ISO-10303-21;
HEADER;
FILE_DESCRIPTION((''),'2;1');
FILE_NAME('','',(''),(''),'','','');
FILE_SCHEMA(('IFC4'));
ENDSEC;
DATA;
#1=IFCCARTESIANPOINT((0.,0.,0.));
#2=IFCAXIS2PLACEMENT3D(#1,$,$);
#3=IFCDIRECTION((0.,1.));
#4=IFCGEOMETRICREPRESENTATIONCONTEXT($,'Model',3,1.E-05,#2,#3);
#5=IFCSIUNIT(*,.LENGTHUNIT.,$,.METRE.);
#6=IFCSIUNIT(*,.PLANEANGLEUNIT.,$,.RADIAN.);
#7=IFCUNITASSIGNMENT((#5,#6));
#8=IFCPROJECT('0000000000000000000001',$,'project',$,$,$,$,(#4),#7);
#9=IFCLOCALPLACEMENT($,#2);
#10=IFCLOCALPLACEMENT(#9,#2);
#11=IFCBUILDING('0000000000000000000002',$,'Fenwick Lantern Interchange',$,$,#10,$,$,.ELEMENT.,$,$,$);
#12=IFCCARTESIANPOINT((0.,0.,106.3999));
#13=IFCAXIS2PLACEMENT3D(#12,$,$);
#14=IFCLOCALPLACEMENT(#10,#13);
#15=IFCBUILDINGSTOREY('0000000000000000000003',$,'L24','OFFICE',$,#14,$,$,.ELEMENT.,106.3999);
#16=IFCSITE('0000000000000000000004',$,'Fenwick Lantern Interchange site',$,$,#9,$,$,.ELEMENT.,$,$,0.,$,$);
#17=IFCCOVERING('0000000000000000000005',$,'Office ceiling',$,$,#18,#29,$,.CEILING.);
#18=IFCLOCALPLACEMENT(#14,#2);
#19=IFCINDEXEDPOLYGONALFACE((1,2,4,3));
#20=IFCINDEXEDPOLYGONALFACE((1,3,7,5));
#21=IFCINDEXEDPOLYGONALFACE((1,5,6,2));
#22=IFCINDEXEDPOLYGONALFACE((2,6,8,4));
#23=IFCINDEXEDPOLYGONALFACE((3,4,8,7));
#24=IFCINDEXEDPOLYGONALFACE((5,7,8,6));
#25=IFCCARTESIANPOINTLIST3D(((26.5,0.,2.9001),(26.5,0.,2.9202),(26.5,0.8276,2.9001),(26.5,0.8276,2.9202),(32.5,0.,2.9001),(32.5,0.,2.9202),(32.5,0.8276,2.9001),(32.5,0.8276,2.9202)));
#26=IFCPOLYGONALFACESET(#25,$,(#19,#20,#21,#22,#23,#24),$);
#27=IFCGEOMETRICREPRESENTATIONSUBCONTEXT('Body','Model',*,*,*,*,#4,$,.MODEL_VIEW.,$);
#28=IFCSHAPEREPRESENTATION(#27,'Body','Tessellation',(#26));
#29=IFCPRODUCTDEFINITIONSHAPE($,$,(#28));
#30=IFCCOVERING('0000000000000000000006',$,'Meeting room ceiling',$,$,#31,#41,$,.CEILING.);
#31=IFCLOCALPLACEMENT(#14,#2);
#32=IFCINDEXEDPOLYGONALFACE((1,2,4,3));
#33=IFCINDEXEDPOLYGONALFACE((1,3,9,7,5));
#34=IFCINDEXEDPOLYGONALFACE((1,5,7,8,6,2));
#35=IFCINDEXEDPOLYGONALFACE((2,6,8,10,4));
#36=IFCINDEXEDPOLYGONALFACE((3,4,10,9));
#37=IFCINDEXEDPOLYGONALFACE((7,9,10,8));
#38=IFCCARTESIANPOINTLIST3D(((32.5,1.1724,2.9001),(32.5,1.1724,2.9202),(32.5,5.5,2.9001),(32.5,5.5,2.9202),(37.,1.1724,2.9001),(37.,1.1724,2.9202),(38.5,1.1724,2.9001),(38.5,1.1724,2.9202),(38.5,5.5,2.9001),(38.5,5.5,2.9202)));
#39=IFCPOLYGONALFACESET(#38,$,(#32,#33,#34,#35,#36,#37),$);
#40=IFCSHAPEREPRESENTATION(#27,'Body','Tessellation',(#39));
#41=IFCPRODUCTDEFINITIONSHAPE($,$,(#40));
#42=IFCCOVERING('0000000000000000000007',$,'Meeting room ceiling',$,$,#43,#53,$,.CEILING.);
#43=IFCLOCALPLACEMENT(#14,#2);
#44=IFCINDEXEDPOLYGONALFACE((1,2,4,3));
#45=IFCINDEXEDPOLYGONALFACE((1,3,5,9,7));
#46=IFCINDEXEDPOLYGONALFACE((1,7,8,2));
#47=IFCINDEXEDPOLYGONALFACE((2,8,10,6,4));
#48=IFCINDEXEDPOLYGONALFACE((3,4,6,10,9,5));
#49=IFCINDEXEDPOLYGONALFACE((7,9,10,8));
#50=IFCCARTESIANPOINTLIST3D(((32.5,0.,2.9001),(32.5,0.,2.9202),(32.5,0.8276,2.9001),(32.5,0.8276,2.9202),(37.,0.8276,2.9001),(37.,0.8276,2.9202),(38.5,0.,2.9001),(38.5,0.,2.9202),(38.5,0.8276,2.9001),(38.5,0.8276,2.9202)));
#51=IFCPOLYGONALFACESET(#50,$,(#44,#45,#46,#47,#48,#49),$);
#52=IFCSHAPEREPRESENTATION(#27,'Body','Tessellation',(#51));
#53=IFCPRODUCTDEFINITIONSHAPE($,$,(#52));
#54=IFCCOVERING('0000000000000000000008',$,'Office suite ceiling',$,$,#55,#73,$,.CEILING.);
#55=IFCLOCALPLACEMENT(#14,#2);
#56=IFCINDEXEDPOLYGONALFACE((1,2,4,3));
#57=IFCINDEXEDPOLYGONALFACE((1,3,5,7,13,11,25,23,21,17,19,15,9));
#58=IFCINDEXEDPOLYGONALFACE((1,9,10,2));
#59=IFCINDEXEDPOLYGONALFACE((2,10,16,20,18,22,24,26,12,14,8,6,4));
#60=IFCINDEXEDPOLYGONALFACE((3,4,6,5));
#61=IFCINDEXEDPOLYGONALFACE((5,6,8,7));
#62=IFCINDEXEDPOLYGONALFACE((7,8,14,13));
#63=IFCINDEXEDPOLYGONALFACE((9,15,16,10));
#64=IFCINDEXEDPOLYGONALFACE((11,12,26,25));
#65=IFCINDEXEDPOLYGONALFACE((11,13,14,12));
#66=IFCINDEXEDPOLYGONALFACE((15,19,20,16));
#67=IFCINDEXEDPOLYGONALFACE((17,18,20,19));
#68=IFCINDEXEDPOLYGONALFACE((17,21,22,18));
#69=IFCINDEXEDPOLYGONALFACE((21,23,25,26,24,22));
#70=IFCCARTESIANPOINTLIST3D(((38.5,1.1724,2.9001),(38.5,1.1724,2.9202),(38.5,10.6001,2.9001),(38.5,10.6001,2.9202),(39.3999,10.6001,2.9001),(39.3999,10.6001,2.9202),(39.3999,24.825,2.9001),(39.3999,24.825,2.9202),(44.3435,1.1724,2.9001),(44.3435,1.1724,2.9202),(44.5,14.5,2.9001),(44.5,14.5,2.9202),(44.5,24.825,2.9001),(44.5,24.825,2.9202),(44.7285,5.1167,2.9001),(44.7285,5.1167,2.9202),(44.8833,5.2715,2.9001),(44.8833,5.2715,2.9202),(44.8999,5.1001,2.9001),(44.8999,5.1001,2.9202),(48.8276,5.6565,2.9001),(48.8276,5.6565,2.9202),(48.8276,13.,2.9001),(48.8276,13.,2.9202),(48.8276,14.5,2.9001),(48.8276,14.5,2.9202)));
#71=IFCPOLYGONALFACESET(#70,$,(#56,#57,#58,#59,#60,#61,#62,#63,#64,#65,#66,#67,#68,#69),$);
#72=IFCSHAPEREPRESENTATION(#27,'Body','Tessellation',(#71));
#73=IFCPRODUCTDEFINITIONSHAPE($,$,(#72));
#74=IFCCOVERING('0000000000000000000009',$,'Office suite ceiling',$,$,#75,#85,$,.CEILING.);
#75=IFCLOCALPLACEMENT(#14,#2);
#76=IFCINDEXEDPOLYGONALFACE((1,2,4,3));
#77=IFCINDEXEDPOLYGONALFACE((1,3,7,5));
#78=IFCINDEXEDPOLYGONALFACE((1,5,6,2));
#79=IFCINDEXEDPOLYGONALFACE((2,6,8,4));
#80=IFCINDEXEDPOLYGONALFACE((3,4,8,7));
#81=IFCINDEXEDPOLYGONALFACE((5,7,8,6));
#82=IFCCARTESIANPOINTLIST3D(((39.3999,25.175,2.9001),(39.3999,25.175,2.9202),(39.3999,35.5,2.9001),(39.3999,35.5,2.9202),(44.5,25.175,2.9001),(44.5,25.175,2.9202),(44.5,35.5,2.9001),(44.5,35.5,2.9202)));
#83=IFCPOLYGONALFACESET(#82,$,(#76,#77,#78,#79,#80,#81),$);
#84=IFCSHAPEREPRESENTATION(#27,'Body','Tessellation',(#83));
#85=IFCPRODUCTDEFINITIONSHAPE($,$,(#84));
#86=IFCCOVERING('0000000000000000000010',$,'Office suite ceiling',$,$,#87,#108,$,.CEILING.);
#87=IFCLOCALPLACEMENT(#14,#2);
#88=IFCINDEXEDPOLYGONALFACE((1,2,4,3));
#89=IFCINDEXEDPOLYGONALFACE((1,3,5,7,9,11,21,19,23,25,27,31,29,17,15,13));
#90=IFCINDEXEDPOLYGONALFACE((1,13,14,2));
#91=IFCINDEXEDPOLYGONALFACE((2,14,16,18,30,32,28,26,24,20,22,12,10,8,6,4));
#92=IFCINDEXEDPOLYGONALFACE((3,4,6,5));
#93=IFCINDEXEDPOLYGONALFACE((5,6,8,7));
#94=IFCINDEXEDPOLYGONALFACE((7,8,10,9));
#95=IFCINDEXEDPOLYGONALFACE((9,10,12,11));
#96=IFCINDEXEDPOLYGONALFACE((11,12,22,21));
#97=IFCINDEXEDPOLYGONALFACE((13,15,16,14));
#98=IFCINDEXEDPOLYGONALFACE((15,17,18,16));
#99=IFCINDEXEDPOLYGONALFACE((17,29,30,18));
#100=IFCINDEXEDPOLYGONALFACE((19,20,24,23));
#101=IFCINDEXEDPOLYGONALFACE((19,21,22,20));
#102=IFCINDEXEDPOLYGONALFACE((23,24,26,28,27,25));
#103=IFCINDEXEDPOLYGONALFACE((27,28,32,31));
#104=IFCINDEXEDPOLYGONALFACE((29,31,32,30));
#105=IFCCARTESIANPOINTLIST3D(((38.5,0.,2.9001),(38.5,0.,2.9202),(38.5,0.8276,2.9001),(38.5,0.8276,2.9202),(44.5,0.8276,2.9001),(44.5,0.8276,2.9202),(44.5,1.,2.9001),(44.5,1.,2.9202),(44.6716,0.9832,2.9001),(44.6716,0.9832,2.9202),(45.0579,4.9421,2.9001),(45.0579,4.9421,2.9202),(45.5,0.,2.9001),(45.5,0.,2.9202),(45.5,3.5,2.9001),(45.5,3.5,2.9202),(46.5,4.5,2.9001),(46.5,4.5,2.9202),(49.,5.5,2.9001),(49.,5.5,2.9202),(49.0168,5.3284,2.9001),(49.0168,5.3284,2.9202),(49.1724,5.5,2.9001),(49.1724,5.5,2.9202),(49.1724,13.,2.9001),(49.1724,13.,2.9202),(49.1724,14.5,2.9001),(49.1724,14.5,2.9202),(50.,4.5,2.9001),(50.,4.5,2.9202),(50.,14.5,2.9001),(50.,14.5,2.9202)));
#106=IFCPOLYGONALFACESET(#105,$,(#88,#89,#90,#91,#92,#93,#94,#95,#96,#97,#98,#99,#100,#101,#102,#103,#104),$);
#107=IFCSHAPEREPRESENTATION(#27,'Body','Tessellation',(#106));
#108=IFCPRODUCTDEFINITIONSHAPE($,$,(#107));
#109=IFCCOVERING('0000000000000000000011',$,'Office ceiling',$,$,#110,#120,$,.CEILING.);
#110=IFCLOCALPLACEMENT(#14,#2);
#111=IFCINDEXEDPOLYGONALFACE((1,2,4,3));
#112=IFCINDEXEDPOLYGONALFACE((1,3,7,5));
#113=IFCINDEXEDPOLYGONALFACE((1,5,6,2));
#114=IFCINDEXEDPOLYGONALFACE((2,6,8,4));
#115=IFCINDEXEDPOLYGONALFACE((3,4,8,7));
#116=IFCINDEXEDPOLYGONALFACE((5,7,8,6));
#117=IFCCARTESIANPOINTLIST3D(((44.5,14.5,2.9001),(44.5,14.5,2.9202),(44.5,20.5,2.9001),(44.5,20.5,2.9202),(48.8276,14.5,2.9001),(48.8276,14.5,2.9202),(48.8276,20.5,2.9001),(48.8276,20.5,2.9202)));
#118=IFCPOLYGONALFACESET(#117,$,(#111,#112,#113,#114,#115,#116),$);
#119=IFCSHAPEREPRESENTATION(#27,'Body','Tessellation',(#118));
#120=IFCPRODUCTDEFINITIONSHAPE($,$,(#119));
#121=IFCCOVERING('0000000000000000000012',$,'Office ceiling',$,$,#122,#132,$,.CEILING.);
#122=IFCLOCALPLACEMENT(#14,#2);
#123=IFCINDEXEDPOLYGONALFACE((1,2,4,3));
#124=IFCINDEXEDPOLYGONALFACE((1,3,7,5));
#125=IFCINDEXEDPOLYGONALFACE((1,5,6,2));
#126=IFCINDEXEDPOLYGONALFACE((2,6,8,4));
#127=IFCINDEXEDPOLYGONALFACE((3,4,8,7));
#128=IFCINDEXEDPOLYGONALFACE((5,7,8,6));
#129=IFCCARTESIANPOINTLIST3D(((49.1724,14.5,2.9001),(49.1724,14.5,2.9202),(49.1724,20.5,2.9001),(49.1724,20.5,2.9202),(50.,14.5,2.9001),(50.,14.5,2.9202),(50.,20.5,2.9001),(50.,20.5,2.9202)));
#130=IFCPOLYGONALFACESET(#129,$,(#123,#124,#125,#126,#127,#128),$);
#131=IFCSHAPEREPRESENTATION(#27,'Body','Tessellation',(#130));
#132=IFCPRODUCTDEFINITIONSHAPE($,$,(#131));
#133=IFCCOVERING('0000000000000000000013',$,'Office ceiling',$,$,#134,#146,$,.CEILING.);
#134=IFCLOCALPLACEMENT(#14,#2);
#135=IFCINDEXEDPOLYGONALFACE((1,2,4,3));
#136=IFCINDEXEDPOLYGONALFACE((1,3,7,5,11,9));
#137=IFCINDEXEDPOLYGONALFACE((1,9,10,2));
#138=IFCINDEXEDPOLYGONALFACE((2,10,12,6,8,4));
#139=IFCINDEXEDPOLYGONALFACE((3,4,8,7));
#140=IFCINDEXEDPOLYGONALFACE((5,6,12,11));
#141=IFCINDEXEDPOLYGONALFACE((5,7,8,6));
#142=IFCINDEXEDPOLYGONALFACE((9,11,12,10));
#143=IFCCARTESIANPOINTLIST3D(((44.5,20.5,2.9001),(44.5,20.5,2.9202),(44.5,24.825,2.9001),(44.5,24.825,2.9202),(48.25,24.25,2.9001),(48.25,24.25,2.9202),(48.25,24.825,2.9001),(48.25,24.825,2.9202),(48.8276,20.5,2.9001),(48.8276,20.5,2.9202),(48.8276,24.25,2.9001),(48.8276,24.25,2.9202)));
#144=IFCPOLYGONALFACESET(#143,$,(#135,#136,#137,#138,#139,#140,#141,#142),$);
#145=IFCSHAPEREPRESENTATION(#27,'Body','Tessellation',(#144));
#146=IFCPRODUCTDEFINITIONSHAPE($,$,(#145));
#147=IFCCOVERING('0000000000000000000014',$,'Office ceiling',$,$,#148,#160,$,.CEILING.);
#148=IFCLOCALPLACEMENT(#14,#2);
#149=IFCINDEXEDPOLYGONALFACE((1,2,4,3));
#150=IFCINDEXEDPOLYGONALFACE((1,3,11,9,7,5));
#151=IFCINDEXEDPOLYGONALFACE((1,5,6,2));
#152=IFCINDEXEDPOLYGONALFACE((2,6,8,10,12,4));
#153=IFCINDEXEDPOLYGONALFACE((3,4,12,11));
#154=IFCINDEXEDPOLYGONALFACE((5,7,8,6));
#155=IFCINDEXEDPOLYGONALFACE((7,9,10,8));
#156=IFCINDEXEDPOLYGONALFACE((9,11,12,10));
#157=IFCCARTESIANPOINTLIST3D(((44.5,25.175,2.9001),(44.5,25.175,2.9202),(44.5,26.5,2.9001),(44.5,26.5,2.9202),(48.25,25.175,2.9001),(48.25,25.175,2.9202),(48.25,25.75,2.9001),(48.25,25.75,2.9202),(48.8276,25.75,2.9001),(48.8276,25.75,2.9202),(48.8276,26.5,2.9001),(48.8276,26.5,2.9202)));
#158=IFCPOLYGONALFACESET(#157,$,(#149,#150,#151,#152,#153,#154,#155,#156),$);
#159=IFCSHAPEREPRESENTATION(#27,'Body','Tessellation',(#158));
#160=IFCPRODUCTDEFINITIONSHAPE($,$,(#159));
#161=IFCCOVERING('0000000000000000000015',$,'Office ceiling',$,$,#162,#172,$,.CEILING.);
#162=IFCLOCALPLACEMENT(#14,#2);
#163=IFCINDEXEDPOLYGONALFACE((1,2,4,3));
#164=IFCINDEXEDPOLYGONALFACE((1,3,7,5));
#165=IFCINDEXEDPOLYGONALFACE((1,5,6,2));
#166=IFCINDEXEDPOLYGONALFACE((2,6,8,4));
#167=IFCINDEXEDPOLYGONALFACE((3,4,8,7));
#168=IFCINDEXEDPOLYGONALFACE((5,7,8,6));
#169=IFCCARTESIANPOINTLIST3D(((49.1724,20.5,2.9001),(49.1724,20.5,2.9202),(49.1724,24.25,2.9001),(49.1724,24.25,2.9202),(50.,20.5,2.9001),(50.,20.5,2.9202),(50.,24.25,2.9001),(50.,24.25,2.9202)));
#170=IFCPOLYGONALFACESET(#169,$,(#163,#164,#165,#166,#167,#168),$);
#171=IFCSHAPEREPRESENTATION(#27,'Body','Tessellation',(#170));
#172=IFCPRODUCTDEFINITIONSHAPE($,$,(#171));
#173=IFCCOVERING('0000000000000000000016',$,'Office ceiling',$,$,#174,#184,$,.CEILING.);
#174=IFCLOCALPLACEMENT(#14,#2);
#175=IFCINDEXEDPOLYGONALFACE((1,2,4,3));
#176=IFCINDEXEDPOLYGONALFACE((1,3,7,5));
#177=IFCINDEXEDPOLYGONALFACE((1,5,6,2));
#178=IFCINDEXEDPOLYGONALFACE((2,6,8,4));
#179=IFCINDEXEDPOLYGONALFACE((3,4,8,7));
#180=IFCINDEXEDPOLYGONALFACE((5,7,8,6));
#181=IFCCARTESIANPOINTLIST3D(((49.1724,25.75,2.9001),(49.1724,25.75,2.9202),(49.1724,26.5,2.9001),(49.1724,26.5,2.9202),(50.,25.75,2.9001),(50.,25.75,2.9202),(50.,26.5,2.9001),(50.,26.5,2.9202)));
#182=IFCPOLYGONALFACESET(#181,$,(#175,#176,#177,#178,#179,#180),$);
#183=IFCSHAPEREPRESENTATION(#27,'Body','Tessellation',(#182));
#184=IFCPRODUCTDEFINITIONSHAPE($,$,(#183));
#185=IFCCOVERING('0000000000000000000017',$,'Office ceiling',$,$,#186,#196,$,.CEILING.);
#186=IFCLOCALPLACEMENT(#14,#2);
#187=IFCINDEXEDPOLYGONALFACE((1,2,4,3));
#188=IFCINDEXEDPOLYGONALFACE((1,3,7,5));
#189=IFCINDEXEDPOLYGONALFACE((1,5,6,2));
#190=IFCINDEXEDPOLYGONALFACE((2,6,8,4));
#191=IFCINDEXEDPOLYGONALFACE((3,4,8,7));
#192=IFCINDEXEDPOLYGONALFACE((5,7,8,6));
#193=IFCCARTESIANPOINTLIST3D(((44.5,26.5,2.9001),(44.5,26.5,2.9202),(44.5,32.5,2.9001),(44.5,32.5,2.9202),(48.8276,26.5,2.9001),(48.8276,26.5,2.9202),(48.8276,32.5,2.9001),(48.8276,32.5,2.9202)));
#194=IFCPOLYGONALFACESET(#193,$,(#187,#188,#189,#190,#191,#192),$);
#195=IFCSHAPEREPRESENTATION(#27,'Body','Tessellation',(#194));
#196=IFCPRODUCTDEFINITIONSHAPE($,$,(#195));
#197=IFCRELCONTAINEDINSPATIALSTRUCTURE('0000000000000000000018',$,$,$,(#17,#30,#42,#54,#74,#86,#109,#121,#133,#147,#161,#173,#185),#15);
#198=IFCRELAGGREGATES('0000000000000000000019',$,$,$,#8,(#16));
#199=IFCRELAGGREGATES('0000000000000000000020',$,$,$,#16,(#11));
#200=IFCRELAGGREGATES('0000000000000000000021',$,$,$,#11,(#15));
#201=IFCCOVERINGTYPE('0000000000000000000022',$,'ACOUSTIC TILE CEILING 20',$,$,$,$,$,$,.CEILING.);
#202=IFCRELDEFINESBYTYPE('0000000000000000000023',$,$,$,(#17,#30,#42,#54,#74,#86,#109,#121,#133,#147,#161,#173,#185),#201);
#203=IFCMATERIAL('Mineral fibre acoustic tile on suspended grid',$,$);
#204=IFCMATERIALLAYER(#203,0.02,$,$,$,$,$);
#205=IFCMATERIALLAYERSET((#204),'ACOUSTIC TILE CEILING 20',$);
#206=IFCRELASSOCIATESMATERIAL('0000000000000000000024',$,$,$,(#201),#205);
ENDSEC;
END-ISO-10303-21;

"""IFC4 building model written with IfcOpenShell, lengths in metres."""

from ifc_helpers import new_model, si_unit, direction, frame, origin, place, context, subcontext, project, spatial, polyline, outline, extrude, material, layer, layer_set, type_object, element, save


model = new_model("IFC4")

# Units and contexts
model_context = context("Model", 3, precision=1e-05, world=origin(), true_north=direction((0.0, 1.0)))
body_context = subcontext(model_context, "Body", "Model", "MODEL_VIEW")
ifc_project = project(units=[si_unit("LENGTHUNIT", "METRE"), si_unit("PLANEANGLEUNIT", "RADIAN")], contexts=[model_context])

# Site, building, storey
site_placement = place(None, origin())
site = spatial("IfcSite", under=ifc_project, at=site_placement, Name="Fenwick Lantern Interchange site", CompositionType="ELEMENT", RefElevation=0.0)
building_placement = place(site_placement, origin())
building = spatial("IfcBuilding", under=site, at=building_placement, Name="Fenwick Lantern Interchange", CompositionType="ELEMENT")
storey_placement = place(building_placement, frame((0.0, 0.0, 106.3999)))
storey = spatial("IfcBuildingStorey", under=building, at=storey_placement, Name="L24", Description="OFFICE", CompositionType="ELEMENT", Elevation=106.3999)

# Coverings
ifc_material = material(Name="Mineral fibre acoustic tile on suspended grid")
ifc_layer = layer(ifc_material, 0.02)
ifc_layer_set = layer_set([ifc_layer], Name="ACOUSTIC TILE CEILING 20")
covering_type = type_object("IfcCoveringType", Name="ACOUSTIC TILE CEILING 20", PredefinedType="CEILING", material=ifc_layer_set)
covering_1_placement = place(storey_placement, frame((0.0, 0.0, 2.9001)))
element("IfcCovering", 1, at=covering_1_placement, inside=storey, type_object=covering_type, Name="Office ceiling", PredefinedType="CEILING", context=body_context, shape_type="SweptSolid", body=[
    extrude(outline(polyline([(32.5, 0.0), (32.5, 0.8276), (26.5, 0.8276), (26.5, 0.0), (32.5, 0.0)])), origin(), (0.0, 0.0, 1.0), 0.02),
])
covering_2_placement = place(storey_placement, frame((0.0, 0.0, 2.9001)))
element("IfcCovering", 2, at=covering_2_placement, inside=storey, type_object=covering_type, Name="Meeting room ceiling", PredefinedType="CEILING", context=body_context, shape_type="SweptSolid", body=[
    extrude(outline(polyline([(32.5, 5.5), (32.5, 1.1724), (37.0, 1.1724), (38.5, 1.1724), (38.5, 5.5), (32.5, 5.5)])), origin(), (0.0, 0.0, 1.0), 0.02),
])
covering_3_placement = place(storey_placement, frame((0.0, 0.0, 2.9001)))
element("IfcCovering", 3, at=covering_3_placement, inside=storey, type_object=covering_type, Name="Meeting room ceiling", PredefinedType="CEILING", context=body_context, shape_type="SweptSolid", body=[
    extrude(outline(polyline([(38.5, 0.0), (38.5, 0.8276), (37.0, 0.8276), (32.5, 0.8276), (32.5, 0.0), (38.5, 0.0)])), origin(), (0.0, 0.0, 1.0), 0.02),
])
covering_4_placement = place(storey_placement, frame((0.0, 0.0, 2.9001)))
element("IfcCovering", 4, at=covering_4_placement, inside=storey, type_object=covering_type, Name="Office suite ceiling", PredefinedType="CEILING", context=body_context, shape_type="SweptSolid", body=[
    extrude(outline(polyline([(38.5, 10.6001), (38.5, 1.1724), (44.3435, 1.1724), (44.7285, 5.1167), (44.8999, 5.1001), (44.8833, 5.2715), (48.8276, 5.6565), (48.8276, 13.0), (48.8276, 14.5), (44.5, 14.5), (44.5, 24.825), (39.3999, 24.825), (39.3999, 10.6001), (38.5, 10.6001)])), origin(), (0.0, 0.0, 1.0), 0.02),
])
covering_5_placement = place(storey_placement, frame((0.0, 0.0, 2.9001)))
element("IfcCovering", 5, at=covering_5_placement, inside=storey, type_object=covering_type, Name="Office suite ceiling", PredefinedType="CEILING", context=body_context, shape_type="SweptSolid", body=[
    extrude(outline(polyline([(39.3999, 35.5), (39.3999, 25.175), (44.5, 25.175), (44.5, 35.5), (39.3999, 35.5)])), origin(), (0.0, 0.0, 1.0), 0.02),
])
covering_6_placement = place(storey_placement, frame((0.0, 0.0, 2.9001)))
element("IfcCovering", 6, at=covering_6_placement, inside=storey, type_object=covering_type, Name="Office suite ceiling", PredefinedType="CEILING", context=body_context, shape_type="SweptSolid", body=[
    extrude(outline(polyline([(38.5, 0.8276), (38.5, 0.0), (45.5, 0.0), (45.5, 3.5), (46.5, 4.5), (50.0, 4.5), (50.0, 14.5), (49.1724, 14.5), (49.1724, 13.0), (49.1724, 5.5), (49.0, 5.5), (49.0168, 5.3284), (45.0579, 4.9421), (44.6716, 0.9832), (44.5, 1.0), (44.5, 0.8276), (38.5, 0.8276)])), origin(), (0.0, 0.0, 1.0), 0.02),
])
covering_7_placement = place(storey_placement, frame((0.0, 0.0, 2.9001)))
element("IfcCovering", 7, at=covering_7_placement, inside=storey, type_object=covering_type, Name="Office ceiling", PredefinedType="CEILING", context=body_context, shape_type="SweptSolid", body=[
    extrude(outline(polyline([(44.5, 14.5), (48.8276, 14.5), (48.8276, 20.5), (44.5, 20.5), (44.5, 14.5)])), origin(), (0.0, 0.0, 1.0), 0.02),
])
covering_8_placement = place(storey_placement, frame((0.0, 0.0, 2.9001)))
element("IfcCovering", 8, at=covering_8_placement, inside=storey, type_object=covering_type, Name="Office ceiling", PredefinedType="CEILING", context=body_context, shape_type="SweptSolid", body=[
    extrude(outline(polyline([(50.0, 20.5), (49.1724, 20.5), (49.1724, 14.5), (50.0, 14.5), (50.0, 20.5)])), origin(), (0.0, 0.0, 1.0), 0.02),
])
covering_9_placement = place(storey_placement, frame((0.0, 0.0, 2.9001)))
element("IfcCovering", 9, at=covering_9_placement, inside=storey, type_object=covering_type, Name="Office ceiling", PredefinedType="CEILING", context=body_context, shape_type="SweptSolid", body=[
    extrude(outline(polyline([(44.5, 20.5), (48.8276, 20.5), (48.8276, 24.25), (48.25, 24.25), (48.25, 24.825), (44.5, 24.825), (44.5, 20.5)])), origin(), (0.0, 0.0, 1.0), 0.02),
])
covering_10_placement = place(storey_placement, frame((0.0, 0.0, 2.9001)))
element("IfcCovering", 10, at=covering_10_placement, inside=storey, type_object=covering_type, Name="Office ceiling", PredefinedType="CEILING", context=body_context, shape_type="SweptSolid", body=[
    extrude(outline(polyline([(44.5, 26.5), (44.5, 25.175), (48.25, 25.175), (48.25, 25.75), (48.8276, 25.75), (48.8276, 26.5), (44.5, 26.5)])), origin(), (0.0, 0.0, 1.0), 0.02),
])
covering_11_placement = place(storey_placement, frame((0.0, 0.0, 2.9001)))
element("IfcCovering", 11, at=covering_11_placement, inside=storey, type_object=covering_type, Name="Office ceiling", PredefinedType="CEILING", context=body_context, shape_type="SweptSolid", body=[
    extrude(outline(polyline([(49.1724, 20.5), (50.0, 20.5), (50.0, 24.25), (49.1724, 24.25), (49.1724, 20.5)])), origin(), (0.0, 0.0, 1.0), 0.02),
])
covering_12_placement = place(storey_placement, frame((0.0, 0.0, 2.9001)))
element("IfcCovering", 12, at=covering_12_placement, inside=storey, type_object=covering_type, Name="Office ceiling", PredefinedType="CEILING", context=body_context, shape_type="SweptSolid", body=[
    extrude(outline(polyline([(50.0, 26.5), (49.1724, 26.5), (49.1724, 25.75), (50.0, 25.75), (50.0, 26.5)])), origin(), (0.0, 0.0, 1.0), 0.02),
])
covering_13_placement = place(storey_placement, frame((0.0, 0.0, 2.9001)))
element("IfcCovering", 13, at=covering_13_placement, inside=storey, type_object=covering_type, Name="Office ceiling", PredefinedType="CEILING", context=body_context, shape_type="SweptSolid", body=[
    extrude(outline(polyline([(44.5, 26.5), (48.8276, 26.5), (48.8276, 32.5), (44.5, 32.5), (44.5, 26.5)])), origin(), (0.0, 0.0, 1.0), 0.02),
])

save(model, "model.ifc")
